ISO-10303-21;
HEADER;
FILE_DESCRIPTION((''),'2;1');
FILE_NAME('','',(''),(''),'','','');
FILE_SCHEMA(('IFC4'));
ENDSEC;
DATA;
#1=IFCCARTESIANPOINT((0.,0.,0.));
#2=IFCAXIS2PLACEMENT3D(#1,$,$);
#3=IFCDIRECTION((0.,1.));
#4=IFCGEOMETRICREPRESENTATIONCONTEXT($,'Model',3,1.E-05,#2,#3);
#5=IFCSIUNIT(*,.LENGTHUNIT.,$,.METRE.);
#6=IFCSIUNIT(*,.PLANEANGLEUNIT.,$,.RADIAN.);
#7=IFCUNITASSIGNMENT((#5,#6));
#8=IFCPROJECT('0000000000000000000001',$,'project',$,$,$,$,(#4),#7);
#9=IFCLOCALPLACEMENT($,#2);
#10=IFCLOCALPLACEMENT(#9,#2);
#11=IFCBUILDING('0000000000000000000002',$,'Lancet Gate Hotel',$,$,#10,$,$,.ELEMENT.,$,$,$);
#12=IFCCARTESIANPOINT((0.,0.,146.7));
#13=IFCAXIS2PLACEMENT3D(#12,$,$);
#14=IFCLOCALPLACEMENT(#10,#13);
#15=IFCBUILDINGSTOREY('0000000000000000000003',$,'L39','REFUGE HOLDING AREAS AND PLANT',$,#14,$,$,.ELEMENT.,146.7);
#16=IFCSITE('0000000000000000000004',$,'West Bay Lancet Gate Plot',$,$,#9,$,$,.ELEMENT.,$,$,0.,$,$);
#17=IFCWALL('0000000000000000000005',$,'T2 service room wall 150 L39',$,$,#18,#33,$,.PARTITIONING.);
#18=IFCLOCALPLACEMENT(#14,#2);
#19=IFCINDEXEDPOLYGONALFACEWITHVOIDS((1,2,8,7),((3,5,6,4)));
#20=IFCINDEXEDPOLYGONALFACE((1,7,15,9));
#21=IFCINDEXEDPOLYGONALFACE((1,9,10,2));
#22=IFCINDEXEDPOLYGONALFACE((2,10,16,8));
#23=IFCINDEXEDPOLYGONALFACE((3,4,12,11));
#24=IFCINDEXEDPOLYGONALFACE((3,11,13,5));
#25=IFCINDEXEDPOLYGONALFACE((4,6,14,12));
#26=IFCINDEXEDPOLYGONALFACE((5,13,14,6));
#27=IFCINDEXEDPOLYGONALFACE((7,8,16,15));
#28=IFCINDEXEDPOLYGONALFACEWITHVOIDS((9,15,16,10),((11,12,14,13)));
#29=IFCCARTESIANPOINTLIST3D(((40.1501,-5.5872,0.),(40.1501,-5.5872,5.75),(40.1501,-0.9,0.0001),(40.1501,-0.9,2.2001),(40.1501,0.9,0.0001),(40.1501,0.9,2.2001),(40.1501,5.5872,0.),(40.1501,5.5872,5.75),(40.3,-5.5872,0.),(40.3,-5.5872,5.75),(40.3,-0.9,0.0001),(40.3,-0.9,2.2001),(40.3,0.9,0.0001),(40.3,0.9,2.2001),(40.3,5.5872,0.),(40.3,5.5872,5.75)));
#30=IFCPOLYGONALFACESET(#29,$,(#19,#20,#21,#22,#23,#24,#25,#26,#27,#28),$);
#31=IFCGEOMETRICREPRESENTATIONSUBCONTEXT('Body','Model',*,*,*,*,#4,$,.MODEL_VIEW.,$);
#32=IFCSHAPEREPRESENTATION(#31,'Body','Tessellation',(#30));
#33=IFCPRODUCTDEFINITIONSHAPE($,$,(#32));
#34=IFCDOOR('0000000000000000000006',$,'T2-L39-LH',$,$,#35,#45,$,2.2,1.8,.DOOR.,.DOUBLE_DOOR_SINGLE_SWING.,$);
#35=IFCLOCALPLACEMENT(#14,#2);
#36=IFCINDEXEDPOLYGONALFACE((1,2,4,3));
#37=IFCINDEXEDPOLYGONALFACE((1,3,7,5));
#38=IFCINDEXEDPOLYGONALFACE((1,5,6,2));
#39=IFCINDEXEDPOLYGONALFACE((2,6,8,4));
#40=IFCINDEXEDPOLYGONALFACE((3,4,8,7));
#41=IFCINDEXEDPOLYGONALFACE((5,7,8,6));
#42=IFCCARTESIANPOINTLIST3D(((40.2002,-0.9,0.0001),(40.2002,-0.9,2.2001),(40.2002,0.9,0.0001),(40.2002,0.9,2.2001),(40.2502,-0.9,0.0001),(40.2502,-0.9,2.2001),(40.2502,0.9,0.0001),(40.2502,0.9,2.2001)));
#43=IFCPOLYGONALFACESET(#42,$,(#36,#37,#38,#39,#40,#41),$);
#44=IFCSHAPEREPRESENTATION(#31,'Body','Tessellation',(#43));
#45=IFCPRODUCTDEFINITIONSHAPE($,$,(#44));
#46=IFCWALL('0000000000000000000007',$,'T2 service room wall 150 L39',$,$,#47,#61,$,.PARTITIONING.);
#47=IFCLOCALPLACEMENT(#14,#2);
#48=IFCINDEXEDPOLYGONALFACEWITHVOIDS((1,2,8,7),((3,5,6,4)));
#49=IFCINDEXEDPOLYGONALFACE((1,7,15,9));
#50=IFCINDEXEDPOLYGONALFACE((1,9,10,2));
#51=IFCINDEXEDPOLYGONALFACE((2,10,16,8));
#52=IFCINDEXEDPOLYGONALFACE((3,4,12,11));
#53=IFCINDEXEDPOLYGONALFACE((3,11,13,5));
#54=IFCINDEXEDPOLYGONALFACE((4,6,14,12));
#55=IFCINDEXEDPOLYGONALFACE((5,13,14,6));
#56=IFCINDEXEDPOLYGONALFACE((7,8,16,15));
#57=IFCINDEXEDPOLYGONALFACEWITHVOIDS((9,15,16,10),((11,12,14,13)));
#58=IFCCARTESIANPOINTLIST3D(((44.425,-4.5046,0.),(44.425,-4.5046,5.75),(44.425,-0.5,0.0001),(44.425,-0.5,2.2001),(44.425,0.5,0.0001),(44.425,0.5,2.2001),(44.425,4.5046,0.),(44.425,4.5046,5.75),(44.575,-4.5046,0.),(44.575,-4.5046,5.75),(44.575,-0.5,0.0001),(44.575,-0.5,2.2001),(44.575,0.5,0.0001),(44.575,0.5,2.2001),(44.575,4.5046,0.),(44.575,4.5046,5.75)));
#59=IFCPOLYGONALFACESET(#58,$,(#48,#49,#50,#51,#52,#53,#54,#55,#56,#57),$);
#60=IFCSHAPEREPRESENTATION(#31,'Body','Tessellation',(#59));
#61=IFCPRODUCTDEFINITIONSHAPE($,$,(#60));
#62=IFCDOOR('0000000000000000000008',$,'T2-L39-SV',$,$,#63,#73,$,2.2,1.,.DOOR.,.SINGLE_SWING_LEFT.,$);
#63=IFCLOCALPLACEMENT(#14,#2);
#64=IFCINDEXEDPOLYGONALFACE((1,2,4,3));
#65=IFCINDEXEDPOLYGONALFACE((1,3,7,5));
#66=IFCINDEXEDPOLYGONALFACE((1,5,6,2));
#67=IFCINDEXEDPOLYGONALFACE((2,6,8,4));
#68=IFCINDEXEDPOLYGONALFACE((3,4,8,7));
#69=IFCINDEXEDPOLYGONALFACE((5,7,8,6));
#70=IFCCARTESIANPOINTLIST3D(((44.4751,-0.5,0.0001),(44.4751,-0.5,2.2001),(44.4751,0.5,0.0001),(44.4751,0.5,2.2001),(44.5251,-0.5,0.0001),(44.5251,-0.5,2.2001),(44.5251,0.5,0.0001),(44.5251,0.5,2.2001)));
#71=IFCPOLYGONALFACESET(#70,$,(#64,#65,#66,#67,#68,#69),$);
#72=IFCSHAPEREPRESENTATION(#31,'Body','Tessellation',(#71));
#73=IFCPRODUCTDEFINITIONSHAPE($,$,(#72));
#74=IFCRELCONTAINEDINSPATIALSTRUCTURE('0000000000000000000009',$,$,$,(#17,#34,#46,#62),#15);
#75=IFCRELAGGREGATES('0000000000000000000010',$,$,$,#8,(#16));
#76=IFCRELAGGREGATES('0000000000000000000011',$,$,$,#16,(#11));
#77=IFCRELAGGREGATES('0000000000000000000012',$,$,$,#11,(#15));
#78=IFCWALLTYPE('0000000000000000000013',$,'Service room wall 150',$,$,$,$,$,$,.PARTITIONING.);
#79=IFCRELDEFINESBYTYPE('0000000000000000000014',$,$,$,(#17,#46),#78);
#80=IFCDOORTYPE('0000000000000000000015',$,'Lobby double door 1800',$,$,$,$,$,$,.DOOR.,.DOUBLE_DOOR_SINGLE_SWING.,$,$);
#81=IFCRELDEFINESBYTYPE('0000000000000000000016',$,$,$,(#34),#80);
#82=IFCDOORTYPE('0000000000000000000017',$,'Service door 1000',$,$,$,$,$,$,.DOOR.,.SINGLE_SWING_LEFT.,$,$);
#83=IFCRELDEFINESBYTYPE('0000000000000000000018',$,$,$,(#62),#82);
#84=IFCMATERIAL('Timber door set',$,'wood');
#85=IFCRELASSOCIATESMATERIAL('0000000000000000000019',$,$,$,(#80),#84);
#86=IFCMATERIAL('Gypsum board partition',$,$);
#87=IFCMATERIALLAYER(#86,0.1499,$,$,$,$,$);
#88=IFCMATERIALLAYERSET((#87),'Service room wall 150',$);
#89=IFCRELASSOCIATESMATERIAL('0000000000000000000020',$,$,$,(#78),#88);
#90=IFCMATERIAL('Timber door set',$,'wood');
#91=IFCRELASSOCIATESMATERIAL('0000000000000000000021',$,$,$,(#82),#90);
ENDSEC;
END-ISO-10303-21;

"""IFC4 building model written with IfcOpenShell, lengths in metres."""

from ifc_helpers import new_model, si_unit, direction, frame, frame_2d, origin, place, context, subcontext, project, spatial, rectangle, extrude, material, layer, layer_set, type_object, element, fill, save


model = new_model("IFC4")

# Units and contexts
model_context = context("Model", 3, precision=1e-05, world=origin(), true_north=direction((0.0, 1.0)))
body_context = subcontext(model_context, "Body", "Model", "MODEL_VIEW")
ifc_project = project(units=[si_unit("LENGTHUNIT", "METRE"), si_unit("PLANEANGLEUNIT", "RADIAN")], contexts=[model_context])

# Site, building, storey
site_placement = place(None, origin())
site = spatial("IfcSite", under=ifc_project, at=site_placement, Name="West Bay Lancet Gate Plot", CompositionType="ELEMENT", RefElevation=0.0)
building_placement = place(site_placement, origin())
building = spatial("IfcBuilding", under=site, at=building_placement, Name="Lancet Gate Hotel", CompositionType="ELEMENT")
storey_placement = place(building_placement, frame((0.0, 0.0, 146.7)))
storey = spatial("IfcBuildingStorey", under=building, at=storey_placement, Name="L39", Description="REFUGE HOLDING AREAS AND PLANT", CompositionType="ELEMENT", Elevation=146.7)

# Shared definitions
ifc_material_1 = material(Name="Timber door set", Category="wood")
door_type_1 = type_object("IfcDoorType", Name="Lobby double door 1800", OperationType="DOUBLE_DOOR_SINGLE_SWING", PredefinedType="DOOR", material=ifc_material_1)

# Walls, openings, doors
ifc_material_2 = material(Name="Gypsum board partition")
ifc_layer_1 = layer(ifc_material_2, 0.1499)
ifc_layer_set_1 = layer_set([ifc_layer_1], Name="Service room wall 150")
wall_type_1 = type_object("IfcWallType", Name="Service room wall 150", PredefinedType="PARTITIONING", material=ifc_layer_set_1)
wall_1_placement = place(storey_placement, frame((40.2251, -5.5872, 0.0), z_axis=(0.0, 0.0, 1.0), x_axis=(0.0, 1.0, 0.0)))
wall_1 = element("IfcWall", 1, at=wall_1_placement, inside=storey, type_object=wall_type_1, Name="T2 service room wall 150 L39", PredefinedType="PARTITIONING", context=body_context, shape_type="SweptSolid", body=[
    extrude(rectangle(XDim=11.1743, YDim=0.1499, at=frame_2d((5.5872, 0.0))), origin(), (0.0, 0.0, 1.0), 5.75),
])
opening_1_placement = place(wall_1_placement, frame((4.6873, 0.0, 0.0)))
opening_1 = element("IfcOpeningElement", 2, at=opening_1_placement, cuts=wall_1, PredefinedType="OPENING", context=body_context, shape_type="SweptSolid", body=[
    extrude(rectangle(XDim=1.8, YDim=2.2, at=frame_2d((0.8999, 1.1001))), frame((0.0, 0.085, 0.0), z_axis=(0.0, -1.0, 0.0), x_axis=(1.0, 0.0, 0.0)), (0.0, 0.0, 1.0), 0.1699),
])
door_1_placement = place(opening_1_placement, origin())
door_1 = element("IfcDoor", 3, at=door_1_placement, inside=storey, type_object=door_type_1, Name="T2-L39-LH", OperationType="DOUBLE_DOOR_SINGLE_SWING", OverallHeight=2.2, OverallWidth=1.8, PredefinedType="DOOR", context=body_context, shape_type="SweptSolid", body=[
    extrude(rectangle(XDim=1.8, YDim=2.2, at=frame_2d((0.8999, 1.1001))), frame((0.0, 0.0249, 0.0), z_axis=(0.0, -1.0, 0.0), x_axis=(1.0, 0.0, 0.0)), (0.0, 0.0, 1.0), 0.05),
])
fill(opening_1, door_1)
wall_2_placement = place(storey_placement, frame((44.5, -4.5046, 0.0), z_axis=(0.0, 0.0, 1.0), x_axis=(0.0, 1.0, 0.0)))
wall_2 = element("IfcWall", 4, at=wall_2_placement, inside=storey, type_object=wall_type_1, Name="T2 service room wall 150 L39", PredefinedType="PARTITIONING", context=body_context, shape_type="SweptSolid", body=[
    extrude(rectangle(XDim=9.0093, YDim=0.1499, at=frame_2d((4.5046, 0.0))), origin(), (0.0, 0.0, 1.0), 5.75),
])
opening_2_placement = place(wall_2_placement, frame((4.0046, 0.0, 0.0)))
opening_2 = element("IfcOpeningElement", 5, at=opening_2_placement, cuts=wall_2, PredefinedType="OPENING", context=body_context, shape_type="SweptSolid", body=[
    extrude(rectangle(XDim=1.0, YDim=2.2, at=frame_2d((0.5, 1.1001))), frame((0.0, 0.085, 0.0), z_axis=(0.0, -1.0, 0.0), x_axis=(1.0, 0.0, 0.0)), (0.0, 0.0, 1.0), 0.1699),
])
ifc_material_3 = material(Name="Timber door set", Category="wood")
door_type_2 = type_object("IfcDoorType", Name="Service door 1000", OperationType="SINGLE_SWING_LEFT", PredefinedType="DOOR", material=ifc_material_3)
door_2_placement = place(opening_2_placement, origin())
door_2 = element("IfcDoor", 6, at=door_2_placement, inside=storey, type_object=door_type_2, Name="T2-L39-SV", OperationType="SINGLE_SWING_LEFT", OverallHeight=2.2, OverallWidth=1.0, PredefinedType="DOOR", context=body_context, shape_type="SweptSolid", body=[
    extrude(rectangle(XDim=1.0, YDim=2.2, at=frame_2d((0.5, 1.1001))), frame((0.0, 0.0249, 0.0), z_axis=(0.0, -1.0, 0.0), x_axis=(1.0, 0.0, 0.0)), (0.0, 0.0, 1.0), 0.05),
])
fill(opening_2, door_2)

save(model, "model.ifc")
